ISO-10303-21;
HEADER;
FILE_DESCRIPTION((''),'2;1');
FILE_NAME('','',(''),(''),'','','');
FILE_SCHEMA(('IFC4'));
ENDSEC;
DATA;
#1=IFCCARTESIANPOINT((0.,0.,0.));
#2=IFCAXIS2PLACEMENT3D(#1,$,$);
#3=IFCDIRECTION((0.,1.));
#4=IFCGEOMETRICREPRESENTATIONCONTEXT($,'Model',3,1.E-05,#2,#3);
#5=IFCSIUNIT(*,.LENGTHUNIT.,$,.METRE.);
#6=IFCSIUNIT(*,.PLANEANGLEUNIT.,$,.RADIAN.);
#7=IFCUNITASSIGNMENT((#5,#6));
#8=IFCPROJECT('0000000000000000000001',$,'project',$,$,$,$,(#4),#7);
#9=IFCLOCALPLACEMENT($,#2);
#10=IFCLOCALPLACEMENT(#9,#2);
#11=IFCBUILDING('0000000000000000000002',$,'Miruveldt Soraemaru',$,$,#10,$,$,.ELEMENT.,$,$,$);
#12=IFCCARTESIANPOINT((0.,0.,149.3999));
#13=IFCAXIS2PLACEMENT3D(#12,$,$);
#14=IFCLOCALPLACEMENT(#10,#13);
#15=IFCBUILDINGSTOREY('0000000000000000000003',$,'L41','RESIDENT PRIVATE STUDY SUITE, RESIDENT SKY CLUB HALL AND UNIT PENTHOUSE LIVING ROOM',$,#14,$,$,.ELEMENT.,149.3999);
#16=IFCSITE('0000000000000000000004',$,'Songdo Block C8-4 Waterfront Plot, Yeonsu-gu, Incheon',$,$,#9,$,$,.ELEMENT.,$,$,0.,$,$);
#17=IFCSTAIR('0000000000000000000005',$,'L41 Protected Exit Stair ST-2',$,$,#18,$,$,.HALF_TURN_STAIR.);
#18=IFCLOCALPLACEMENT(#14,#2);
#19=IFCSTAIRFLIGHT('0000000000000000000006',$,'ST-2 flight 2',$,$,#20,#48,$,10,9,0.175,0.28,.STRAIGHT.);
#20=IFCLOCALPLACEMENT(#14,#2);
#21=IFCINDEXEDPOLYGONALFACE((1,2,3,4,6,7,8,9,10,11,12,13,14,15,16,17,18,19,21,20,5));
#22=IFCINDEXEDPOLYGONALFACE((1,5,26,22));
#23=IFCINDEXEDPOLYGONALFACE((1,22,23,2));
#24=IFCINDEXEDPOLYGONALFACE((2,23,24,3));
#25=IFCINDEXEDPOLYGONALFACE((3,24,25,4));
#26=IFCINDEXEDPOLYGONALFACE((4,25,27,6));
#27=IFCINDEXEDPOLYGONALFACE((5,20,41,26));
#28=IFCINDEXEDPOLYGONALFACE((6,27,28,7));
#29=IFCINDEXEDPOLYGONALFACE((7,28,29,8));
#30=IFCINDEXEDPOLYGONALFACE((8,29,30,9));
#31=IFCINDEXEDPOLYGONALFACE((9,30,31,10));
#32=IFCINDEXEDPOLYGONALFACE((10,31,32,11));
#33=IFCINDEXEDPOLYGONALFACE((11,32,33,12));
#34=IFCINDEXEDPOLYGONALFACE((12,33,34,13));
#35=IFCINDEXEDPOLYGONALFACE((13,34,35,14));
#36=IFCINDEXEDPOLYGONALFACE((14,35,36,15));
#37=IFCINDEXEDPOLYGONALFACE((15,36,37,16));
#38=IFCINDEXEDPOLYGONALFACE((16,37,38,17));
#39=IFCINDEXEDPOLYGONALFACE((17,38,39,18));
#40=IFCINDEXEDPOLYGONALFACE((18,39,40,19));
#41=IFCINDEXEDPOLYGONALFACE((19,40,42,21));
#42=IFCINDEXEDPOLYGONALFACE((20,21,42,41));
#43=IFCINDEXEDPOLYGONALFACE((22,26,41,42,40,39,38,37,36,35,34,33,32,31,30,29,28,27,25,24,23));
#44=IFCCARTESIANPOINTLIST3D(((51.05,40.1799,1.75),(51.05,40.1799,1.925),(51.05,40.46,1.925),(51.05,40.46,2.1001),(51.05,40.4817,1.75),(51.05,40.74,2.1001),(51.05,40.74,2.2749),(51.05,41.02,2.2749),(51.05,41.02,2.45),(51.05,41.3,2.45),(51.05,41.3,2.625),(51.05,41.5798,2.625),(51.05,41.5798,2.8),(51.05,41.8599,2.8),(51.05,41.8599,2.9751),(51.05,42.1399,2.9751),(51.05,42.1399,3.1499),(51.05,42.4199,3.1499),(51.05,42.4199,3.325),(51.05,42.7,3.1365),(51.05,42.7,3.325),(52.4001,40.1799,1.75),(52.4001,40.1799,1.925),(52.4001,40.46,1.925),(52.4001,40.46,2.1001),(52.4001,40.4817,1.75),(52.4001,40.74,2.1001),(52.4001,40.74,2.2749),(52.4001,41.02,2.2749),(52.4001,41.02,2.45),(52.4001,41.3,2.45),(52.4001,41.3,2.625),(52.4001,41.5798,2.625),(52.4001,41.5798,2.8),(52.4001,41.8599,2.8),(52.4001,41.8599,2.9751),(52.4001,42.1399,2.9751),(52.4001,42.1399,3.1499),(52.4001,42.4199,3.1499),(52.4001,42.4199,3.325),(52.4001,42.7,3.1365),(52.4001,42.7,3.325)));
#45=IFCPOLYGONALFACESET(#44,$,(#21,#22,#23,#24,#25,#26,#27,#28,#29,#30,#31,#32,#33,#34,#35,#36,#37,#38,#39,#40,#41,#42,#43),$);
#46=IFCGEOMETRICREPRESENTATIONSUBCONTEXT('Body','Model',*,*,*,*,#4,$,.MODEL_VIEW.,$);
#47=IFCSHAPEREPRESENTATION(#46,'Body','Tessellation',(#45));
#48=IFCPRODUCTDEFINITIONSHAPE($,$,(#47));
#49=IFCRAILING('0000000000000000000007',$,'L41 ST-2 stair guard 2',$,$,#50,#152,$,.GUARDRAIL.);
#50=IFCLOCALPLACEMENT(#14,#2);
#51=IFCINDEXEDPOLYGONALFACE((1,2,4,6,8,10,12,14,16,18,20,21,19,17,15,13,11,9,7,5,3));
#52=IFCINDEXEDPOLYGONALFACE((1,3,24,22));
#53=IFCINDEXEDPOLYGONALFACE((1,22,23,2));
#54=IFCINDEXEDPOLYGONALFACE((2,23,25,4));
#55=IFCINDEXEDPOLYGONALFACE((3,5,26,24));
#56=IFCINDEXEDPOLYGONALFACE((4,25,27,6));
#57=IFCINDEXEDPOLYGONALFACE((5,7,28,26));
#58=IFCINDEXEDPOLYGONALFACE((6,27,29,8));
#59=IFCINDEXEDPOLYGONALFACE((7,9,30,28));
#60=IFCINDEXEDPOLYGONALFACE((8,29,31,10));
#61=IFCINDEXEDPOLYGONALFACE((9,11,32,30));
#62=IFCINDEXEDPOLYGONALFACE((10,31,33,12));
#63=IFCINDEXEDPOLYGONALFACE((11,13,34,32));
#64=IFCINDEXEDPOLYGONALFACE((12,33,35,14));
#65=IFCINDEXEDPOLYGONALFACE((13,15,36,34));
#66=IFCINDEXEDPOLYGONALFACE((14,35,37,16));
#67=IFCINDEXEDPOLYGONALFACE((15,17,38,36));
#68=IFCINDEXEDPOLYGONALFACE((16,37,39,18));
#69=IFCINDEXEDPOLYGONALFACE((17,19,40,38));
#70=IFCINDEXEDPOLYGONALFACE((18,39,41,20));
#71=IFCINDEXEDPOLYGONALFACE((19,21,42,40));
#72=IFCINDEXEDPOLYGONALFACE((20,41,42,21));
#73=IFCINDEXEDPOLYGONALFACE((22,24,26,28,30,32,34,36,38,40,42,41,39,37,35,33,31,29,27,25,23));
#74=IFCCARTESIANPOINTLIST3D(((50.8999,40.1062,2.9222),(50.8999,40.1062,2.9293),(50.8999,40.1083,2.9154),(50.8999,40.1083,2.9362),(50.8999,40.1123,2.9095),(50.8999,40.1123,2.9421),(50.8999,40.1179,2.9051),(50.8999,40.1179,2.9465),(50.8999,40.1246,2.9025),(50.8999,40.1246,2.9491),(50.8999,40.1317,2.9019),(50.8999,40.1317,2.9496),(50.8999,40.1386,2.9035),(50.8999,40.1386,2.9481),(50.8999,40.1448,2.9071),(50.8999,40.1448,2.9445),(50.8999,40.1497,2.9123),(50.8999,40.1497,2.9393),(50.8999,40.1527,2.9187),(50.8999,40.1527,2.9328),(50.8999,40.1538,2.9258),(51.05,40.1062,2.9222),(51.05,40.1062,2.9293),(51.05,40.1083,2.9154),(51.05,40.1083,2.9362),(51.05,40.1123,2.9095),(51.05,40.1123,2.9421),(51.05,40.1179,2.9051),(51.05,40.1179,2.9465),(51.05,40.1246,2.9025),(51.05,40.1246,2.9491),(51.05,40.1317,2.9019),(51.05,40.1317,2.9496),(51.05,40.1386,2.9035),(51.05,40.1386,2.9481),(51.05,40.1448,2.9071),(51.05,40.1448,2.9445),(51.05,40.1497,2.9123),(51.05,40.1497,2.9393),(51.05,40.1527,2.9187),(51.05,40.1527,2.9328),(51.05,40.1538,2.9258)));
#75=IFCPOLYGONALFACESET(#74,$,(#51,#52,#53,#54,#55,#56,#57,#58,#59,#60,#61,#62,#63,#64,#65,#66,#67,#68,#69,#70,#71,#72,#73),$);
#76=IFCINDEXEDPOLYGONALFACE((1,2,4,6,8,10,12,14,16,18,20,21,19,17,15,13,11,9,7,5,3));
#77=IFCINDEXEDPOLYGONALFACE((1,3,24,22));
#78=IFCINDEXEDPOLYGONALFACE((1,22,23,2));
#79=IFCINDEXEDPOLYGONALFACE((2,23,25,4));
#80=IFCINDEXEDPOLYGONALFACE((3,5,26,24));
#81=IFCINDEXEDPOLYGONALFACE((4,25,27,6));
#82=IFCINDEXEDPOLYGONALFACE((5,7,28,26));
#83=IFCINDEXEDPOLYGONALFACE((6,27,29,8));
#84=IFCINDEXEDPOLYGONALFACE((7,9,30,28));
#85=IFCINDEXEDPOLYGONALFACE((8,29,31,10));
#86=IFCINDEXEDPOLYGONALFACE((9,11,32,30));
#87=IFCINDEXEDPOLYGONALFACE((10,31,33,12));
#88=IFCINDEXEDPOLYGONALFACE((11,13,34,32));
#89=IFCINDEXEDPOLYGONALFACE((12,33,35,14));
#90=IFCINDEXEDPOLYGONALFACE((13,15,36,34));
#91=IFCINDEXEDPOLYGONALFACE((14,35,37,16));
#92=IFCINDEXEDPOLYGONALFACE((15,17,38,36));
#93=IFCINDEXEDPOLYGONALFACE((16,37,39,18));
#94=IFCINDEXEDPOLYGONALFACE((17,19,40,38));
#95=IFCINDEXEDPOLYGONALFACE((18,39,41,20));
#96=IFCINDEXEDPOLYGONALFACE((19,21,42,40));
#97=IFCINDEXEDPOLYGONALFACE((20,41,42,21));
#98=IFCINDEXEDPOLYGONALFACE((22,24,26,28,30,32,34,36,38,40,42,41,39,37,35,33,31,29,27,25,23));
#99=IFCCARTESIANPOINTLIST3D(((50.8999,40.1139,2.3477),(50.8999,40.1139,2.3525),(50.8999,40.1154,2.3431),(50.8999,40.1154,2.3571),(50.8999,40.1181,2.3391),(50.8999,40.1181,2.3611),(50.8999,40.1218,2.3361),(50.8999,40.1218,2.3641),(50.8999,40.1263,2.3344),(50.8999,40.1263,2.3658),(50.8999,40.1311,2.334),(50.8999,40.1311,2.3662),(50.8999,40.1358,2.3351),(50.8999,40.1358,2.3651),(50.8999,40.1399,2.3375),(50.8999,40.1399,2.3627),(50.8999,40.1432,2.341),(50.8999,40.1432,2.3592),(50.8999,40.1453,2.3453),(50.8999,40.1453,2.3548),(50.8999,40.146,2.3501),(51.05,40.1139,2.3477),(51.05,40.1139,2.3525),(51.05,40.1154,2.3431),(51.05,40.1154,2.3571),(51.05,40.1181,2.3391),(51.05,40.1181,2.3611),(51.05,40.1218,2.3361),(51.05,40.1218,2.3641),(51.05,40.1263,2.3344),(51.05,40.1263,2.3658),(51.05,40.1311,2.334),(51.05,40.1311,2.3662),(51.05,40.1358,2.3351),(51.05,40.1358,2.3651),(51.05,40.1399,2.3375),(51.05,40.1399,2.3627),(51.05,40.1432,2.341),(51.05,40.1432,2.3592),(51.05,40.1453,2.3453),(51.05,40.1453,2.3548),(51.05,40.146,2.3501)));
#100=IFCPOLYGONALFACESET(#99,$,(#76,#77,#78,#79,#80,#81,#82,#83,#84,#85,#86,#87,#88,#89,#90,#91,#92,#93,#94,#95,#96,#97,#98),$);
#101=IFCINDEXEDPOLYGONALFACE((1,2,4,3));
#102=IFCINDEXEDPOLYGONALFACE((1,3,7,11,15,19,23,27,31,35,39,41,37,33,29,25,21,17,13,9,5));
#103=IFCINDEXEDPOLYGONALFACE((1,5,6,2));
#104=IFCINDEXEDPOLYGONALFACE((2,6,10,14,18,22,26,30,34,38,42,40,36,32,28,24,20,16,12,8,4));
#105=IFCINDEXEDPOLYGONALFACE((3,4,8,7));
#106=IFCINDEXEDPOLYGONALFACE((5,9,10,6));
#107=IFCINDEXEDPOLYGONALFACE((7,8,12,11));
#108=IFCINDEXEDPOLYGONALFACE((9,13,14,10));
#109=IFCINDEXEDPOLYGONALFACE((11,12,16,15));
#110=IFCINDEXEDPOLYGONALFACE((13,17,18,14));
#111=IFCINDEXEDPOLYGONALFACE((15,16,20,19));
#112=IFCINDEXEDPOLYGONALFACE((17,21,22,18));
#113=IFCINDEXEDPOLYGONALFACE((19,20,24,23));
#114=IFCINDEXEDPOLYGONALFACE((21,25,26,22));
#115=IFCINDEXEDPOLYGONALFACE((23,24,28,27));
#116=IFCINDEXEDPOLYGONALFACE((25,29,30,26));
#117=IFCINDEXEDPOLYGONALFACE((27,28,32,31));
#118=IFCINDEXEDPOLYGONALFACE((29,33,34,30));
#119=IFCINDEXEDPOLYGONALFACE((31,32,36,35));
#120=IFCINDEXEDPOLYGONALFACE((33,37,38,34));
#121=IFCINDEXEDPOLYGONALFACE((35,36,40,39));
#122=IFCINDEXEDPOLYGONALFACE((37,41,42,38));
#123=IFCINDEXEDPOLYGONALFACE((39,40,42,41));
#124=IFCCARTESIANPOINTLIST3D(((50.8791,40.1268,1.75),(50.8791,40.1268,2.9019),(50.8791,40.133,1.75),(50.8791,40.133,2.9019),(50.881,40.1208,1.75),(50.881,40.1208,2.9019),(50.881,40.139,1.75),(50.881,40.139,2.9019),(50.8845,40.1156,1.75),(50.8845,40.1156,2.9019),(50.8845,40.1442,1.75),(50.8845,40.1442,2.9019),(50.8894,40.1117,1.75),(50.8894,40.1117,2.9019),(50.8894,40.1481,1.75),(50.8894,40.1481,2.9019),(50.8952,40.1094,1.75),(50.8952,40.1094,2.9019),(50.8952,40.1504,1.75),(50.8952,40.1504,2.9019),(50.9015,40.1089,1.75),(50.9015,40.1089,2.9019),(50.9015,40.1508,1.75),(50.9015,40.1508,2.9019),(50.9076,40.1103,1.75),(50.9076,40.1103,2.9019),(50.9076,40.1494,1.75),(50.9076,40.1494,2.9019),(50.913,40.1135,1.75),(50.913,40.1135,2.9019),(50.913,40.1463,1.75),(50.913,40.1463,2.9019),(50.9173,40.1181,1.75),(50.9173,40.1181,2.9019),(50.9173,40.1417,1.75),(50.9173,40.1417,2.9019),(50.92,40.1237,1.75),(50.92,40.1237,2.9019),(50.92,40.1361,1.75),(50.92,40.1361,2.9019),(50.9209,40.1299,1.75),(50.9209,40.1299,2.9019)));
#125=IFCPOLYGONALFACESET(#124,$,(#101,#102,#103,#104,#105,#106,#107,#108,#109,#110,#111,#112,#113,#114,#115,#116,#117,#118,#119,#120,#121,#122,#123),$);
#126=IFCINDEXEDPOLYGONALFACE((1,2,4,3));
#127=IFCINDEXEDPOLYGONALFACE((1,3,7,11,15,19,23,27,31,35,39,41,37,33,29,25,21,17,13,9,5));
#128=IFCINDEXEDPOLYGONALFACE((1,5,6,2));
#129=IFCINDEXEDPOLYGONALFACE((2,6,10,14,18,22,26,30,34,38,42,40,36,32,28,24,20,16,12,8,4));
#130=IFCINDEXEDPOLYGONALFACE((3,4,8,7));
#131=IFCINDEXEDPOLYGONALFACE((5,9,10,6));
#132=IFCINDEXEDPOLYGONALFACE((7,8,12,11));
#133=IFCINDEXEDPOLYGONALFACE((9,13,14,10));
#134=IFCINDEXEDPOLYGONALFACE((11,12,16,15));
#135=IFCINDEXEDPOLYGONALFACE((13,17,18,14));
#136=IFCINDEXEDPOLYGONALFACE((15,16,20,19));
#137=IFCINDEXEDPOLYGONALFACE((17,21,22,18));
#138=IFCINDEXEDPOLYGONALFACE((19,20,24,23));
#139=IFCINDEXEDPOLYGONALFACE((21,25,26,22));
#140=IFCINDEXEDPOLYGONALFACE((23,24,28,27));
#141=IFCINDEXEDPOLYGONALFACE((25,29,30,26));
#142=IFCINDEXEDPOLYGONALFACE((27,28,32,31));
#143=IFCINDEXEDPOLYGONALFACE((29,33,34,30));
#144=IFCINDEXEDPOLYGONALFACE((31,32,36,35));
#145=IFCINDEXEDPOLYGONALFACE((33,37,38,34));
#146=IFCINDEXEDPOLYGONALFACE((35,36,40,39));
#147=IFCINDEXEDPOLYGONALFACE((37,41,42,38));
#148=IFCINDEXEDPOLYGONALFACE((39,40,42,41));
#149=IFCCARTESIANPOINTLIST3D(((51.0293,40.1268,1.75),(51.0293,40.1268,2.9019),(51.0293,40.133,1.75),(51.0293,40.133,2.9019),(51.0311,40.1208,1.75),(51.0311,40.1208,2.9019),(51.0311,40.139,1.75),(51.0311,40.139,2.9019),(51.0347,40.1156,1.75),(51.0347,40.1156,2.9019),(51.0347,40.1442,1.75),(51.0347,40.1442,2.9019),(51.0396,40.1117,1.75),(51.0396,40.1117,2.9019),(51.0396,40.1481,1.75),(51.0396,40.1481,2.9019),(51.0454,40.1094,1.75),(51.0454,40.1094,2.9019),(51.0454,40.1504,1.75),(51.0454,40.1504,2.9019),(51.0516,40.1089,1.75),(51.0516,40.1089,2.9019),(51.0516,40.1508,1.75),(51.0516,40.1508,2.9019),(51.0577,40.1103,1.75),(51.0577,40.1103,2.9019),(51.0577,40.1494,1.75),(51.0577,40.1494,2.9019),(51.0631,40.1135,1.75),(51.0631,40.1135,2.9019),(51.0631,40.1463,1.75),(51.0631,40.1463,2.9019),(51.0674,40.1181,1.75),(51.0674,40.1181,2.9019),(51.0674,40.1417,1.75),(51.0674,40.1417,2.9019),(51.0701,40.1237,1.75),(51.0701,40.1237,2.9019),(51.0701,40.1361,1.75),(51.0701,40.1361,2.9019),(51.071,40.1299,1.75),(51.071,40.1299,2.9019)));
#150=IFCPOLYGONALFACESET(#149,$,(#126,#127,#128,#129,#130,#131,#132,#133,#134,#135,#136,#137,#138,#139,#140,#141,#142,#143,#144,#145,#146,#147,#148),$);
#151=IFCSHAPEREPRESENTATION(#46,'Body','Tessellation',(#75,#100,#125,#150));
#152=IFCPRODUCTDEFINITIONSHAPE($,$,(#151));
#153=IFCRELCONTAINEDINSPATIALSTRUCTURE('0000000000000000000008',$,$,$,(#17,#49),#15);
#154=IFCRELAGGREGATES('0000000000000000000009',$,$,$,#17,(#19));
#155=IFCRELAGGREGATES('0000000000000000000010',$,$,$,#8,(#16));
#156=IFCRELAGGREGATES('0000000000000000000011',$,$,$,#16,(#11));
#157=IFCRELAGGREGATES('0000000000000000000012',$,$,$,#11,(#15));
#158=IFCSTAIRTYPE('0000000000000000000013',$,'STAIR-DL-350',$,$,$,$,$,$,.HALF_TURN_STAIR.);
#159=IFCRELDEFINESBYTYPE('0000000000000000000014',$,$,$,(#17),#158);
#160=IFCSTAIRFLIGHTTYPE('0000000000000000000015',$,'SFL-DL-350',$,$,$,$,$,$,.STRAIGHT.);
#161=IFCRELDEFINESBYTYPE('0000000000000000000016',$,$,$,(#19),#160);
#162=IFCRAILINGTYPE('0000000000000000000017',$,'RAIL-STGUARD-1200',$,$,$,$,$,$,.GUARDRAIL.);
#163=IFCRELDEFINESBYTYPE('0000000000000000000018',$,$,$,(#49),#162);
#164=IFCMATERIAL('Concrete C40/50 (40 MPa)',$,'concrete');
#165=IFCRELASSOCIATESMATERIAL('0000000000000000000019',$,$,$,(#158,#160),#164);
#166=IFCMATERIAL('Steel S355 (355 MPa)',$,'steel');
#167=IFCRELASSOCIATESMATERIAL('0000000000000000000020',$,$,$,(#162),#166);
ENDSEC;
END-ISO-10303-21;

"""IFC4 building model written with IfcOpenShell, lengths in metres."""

from ifc_helpers import new_model, si_unit, direction, frame, origin, origin_2d, place, context, subcontext, project, spatial, polyline, circle, outline, extrude, material, type_object, element, aggregate, save


model = new_model("IFC4")

# Units and contexts
model_context = context("Model", 3, precision=1e-05, world=origin(), true_north=direction((0.0, 1.0)))
body_context = subcontext(model_context, "Body", "Model", "MODEL_VIEW")
ifc_project = project(units=[si_unit("LENGTHUNIT", "METRE"), si_unit("PLANEANGLEUNIT", "RADIAN")], contexts=[model_context])

# Site, building, storey
site_placement = place(None, origin())
site = spatial("IfcSite", under=ifc_project, at=site_placement, Name="Songdo Block C8-4 Waterfront Plot, Yeonsu-gu, Incheon", CompositionType="ELEMENT", RefElevation=0.0)
building_placement = place(site_placement, origin())
building = spatial("IfcBuilding", under=site, at=building_placement, Name="Miruveldt Soraemaru", CompositionType="ELEMENT")
storey_placement = place(building_placement, frame((0.0, 0.0, 149.3999)))
storey = spatial("IfcBuildingStorey", under=building, at=storey_placement, Name="L41", Description="RESIDENT PRIVATE STUDY SUITE, RESIDENT SKY CLUB HALL AND UNIT PENTHOUSE LIVING ROOM", CompositionType="ELEMENT", Elevation=149.3999)

# Stair, stair flight
ifc_material_1 = material(Name="Concrete C40/50 (40 MPa)", Category="concrete")
stair_type = type_object("IfcStairType", Name="STAIR-DL-350", PredefinedType="HALF_TURN_STAIR", material=ifc_material_1)
stair_placement = place(storey_placement, origin())
stair = element("IfcStair", 1, at=stair_placement, inside=storey, type_object=stair_type, Name="L41 Protected Exit Stair ST-2", PredefinedType="HALF_TURN_STAIR")
stair_flight_type = type_object("IfcStairFlightType", Name="SFL-DL-350", PredefinedType="STRAIGHT", material=ifc_material_1)
stair_flight_placement = place(storey_placement, frame((51.7251, 40.1799, 1.75), z_axis=(0.0, 0.0, 1.0), x_axis=(0.0, 1.0, 0.0)))
stair_flight = element("IfcStairFlight", 2, at=stair_flight_placement, type_object=stair_flight_type, Name="ST-2 flight 2", NumberOfRisers=10, NumberOfTreads=9, PredefinedType="STRAIGHT", RiserHeight=0.175, TreadLength=0.28, context=body_context, shape_type="SweptSolid", body=[
    extrude(outline(polyline([(0.0, 0.0), (0.0, 0.175), (0.28, 0.175), (0.28, 0.3501), (0.5601, 0.3501), (0.5601, 0.5249), (0.8401, 0.5249), (0.8401, 0.7), (1.1201, 0.7), (1.1201, 0.875), (1.3999, 0.875), (1.3999, 1.05), (1.6799, 1.05), (1.6799, 1.2251), (1.96, 1.2251), (1.96, 1.3999), (2.24, 1.3999), (2.24, 1.575), (2.52, 1.575), (2.52, 1.75), (2.52, 1.3865), (0.3018, 0.0), (0.0, 0.0)])), frame((0.0, 0.675, 0.0), z_axis=(0.0, -1.0, 0.0), x_axis=(1.0, 0.0, 0.0)), (0.0, 0.0, 1.0), 1.3501),
])
aggregate(stair, [stair_flight])

# Railing
ifc_material_2 = material(Name="Steel S355 (355 MPa)", Category="steel")
railing_type_1 = type_object("IfcRailingType", Name="RAIL-STGUARD-1200", PredefinedType="GUARDRAIL", material=ifc_material_2)
railing_1_placement = place(storey_placement, frame((50.8999, 40.1299, 1.75)))
element("IfcRailing", 3, at=railing_1_placement, inside=storey, type_object=railing_type_1, Name="L41 ST-2 stair guard 2", PredefinedType="GUARDRAIL", context=body_context, shape_type="SweptSolid", body=[
    extrude(circle(Radius=0.0239, at=origin_2d()), frame((0.0, 0.0, 1.1758), z_axis=(1.0, 0.0, 0.0), x_axis=(0.0, 1.0, 0.0)), (0.0, 0.0, 1.0), 0.1501),
    extrude(circle(Radius=0.0161, at=origin_2d()), frame((0.0, 0.0, 0.6001), z_axis=(1.0, 0.0, 0.0), x_axis=(0.0, 1.0, 0.0)), (0.0, 0.0, 1.0), 0.1501),
    extrude(circle(Radius=0.021, at=origin_2d()), origin(), (0.0, 0.0, 1.0), 1.1519),
    extrude(circle(Radius=0.021, at=origin_2d()), frame((0.1501, 0.0, 0.0)), (0.0, 0.0, 1.0), 1.1519),
])

save(model, "model.ifc")
